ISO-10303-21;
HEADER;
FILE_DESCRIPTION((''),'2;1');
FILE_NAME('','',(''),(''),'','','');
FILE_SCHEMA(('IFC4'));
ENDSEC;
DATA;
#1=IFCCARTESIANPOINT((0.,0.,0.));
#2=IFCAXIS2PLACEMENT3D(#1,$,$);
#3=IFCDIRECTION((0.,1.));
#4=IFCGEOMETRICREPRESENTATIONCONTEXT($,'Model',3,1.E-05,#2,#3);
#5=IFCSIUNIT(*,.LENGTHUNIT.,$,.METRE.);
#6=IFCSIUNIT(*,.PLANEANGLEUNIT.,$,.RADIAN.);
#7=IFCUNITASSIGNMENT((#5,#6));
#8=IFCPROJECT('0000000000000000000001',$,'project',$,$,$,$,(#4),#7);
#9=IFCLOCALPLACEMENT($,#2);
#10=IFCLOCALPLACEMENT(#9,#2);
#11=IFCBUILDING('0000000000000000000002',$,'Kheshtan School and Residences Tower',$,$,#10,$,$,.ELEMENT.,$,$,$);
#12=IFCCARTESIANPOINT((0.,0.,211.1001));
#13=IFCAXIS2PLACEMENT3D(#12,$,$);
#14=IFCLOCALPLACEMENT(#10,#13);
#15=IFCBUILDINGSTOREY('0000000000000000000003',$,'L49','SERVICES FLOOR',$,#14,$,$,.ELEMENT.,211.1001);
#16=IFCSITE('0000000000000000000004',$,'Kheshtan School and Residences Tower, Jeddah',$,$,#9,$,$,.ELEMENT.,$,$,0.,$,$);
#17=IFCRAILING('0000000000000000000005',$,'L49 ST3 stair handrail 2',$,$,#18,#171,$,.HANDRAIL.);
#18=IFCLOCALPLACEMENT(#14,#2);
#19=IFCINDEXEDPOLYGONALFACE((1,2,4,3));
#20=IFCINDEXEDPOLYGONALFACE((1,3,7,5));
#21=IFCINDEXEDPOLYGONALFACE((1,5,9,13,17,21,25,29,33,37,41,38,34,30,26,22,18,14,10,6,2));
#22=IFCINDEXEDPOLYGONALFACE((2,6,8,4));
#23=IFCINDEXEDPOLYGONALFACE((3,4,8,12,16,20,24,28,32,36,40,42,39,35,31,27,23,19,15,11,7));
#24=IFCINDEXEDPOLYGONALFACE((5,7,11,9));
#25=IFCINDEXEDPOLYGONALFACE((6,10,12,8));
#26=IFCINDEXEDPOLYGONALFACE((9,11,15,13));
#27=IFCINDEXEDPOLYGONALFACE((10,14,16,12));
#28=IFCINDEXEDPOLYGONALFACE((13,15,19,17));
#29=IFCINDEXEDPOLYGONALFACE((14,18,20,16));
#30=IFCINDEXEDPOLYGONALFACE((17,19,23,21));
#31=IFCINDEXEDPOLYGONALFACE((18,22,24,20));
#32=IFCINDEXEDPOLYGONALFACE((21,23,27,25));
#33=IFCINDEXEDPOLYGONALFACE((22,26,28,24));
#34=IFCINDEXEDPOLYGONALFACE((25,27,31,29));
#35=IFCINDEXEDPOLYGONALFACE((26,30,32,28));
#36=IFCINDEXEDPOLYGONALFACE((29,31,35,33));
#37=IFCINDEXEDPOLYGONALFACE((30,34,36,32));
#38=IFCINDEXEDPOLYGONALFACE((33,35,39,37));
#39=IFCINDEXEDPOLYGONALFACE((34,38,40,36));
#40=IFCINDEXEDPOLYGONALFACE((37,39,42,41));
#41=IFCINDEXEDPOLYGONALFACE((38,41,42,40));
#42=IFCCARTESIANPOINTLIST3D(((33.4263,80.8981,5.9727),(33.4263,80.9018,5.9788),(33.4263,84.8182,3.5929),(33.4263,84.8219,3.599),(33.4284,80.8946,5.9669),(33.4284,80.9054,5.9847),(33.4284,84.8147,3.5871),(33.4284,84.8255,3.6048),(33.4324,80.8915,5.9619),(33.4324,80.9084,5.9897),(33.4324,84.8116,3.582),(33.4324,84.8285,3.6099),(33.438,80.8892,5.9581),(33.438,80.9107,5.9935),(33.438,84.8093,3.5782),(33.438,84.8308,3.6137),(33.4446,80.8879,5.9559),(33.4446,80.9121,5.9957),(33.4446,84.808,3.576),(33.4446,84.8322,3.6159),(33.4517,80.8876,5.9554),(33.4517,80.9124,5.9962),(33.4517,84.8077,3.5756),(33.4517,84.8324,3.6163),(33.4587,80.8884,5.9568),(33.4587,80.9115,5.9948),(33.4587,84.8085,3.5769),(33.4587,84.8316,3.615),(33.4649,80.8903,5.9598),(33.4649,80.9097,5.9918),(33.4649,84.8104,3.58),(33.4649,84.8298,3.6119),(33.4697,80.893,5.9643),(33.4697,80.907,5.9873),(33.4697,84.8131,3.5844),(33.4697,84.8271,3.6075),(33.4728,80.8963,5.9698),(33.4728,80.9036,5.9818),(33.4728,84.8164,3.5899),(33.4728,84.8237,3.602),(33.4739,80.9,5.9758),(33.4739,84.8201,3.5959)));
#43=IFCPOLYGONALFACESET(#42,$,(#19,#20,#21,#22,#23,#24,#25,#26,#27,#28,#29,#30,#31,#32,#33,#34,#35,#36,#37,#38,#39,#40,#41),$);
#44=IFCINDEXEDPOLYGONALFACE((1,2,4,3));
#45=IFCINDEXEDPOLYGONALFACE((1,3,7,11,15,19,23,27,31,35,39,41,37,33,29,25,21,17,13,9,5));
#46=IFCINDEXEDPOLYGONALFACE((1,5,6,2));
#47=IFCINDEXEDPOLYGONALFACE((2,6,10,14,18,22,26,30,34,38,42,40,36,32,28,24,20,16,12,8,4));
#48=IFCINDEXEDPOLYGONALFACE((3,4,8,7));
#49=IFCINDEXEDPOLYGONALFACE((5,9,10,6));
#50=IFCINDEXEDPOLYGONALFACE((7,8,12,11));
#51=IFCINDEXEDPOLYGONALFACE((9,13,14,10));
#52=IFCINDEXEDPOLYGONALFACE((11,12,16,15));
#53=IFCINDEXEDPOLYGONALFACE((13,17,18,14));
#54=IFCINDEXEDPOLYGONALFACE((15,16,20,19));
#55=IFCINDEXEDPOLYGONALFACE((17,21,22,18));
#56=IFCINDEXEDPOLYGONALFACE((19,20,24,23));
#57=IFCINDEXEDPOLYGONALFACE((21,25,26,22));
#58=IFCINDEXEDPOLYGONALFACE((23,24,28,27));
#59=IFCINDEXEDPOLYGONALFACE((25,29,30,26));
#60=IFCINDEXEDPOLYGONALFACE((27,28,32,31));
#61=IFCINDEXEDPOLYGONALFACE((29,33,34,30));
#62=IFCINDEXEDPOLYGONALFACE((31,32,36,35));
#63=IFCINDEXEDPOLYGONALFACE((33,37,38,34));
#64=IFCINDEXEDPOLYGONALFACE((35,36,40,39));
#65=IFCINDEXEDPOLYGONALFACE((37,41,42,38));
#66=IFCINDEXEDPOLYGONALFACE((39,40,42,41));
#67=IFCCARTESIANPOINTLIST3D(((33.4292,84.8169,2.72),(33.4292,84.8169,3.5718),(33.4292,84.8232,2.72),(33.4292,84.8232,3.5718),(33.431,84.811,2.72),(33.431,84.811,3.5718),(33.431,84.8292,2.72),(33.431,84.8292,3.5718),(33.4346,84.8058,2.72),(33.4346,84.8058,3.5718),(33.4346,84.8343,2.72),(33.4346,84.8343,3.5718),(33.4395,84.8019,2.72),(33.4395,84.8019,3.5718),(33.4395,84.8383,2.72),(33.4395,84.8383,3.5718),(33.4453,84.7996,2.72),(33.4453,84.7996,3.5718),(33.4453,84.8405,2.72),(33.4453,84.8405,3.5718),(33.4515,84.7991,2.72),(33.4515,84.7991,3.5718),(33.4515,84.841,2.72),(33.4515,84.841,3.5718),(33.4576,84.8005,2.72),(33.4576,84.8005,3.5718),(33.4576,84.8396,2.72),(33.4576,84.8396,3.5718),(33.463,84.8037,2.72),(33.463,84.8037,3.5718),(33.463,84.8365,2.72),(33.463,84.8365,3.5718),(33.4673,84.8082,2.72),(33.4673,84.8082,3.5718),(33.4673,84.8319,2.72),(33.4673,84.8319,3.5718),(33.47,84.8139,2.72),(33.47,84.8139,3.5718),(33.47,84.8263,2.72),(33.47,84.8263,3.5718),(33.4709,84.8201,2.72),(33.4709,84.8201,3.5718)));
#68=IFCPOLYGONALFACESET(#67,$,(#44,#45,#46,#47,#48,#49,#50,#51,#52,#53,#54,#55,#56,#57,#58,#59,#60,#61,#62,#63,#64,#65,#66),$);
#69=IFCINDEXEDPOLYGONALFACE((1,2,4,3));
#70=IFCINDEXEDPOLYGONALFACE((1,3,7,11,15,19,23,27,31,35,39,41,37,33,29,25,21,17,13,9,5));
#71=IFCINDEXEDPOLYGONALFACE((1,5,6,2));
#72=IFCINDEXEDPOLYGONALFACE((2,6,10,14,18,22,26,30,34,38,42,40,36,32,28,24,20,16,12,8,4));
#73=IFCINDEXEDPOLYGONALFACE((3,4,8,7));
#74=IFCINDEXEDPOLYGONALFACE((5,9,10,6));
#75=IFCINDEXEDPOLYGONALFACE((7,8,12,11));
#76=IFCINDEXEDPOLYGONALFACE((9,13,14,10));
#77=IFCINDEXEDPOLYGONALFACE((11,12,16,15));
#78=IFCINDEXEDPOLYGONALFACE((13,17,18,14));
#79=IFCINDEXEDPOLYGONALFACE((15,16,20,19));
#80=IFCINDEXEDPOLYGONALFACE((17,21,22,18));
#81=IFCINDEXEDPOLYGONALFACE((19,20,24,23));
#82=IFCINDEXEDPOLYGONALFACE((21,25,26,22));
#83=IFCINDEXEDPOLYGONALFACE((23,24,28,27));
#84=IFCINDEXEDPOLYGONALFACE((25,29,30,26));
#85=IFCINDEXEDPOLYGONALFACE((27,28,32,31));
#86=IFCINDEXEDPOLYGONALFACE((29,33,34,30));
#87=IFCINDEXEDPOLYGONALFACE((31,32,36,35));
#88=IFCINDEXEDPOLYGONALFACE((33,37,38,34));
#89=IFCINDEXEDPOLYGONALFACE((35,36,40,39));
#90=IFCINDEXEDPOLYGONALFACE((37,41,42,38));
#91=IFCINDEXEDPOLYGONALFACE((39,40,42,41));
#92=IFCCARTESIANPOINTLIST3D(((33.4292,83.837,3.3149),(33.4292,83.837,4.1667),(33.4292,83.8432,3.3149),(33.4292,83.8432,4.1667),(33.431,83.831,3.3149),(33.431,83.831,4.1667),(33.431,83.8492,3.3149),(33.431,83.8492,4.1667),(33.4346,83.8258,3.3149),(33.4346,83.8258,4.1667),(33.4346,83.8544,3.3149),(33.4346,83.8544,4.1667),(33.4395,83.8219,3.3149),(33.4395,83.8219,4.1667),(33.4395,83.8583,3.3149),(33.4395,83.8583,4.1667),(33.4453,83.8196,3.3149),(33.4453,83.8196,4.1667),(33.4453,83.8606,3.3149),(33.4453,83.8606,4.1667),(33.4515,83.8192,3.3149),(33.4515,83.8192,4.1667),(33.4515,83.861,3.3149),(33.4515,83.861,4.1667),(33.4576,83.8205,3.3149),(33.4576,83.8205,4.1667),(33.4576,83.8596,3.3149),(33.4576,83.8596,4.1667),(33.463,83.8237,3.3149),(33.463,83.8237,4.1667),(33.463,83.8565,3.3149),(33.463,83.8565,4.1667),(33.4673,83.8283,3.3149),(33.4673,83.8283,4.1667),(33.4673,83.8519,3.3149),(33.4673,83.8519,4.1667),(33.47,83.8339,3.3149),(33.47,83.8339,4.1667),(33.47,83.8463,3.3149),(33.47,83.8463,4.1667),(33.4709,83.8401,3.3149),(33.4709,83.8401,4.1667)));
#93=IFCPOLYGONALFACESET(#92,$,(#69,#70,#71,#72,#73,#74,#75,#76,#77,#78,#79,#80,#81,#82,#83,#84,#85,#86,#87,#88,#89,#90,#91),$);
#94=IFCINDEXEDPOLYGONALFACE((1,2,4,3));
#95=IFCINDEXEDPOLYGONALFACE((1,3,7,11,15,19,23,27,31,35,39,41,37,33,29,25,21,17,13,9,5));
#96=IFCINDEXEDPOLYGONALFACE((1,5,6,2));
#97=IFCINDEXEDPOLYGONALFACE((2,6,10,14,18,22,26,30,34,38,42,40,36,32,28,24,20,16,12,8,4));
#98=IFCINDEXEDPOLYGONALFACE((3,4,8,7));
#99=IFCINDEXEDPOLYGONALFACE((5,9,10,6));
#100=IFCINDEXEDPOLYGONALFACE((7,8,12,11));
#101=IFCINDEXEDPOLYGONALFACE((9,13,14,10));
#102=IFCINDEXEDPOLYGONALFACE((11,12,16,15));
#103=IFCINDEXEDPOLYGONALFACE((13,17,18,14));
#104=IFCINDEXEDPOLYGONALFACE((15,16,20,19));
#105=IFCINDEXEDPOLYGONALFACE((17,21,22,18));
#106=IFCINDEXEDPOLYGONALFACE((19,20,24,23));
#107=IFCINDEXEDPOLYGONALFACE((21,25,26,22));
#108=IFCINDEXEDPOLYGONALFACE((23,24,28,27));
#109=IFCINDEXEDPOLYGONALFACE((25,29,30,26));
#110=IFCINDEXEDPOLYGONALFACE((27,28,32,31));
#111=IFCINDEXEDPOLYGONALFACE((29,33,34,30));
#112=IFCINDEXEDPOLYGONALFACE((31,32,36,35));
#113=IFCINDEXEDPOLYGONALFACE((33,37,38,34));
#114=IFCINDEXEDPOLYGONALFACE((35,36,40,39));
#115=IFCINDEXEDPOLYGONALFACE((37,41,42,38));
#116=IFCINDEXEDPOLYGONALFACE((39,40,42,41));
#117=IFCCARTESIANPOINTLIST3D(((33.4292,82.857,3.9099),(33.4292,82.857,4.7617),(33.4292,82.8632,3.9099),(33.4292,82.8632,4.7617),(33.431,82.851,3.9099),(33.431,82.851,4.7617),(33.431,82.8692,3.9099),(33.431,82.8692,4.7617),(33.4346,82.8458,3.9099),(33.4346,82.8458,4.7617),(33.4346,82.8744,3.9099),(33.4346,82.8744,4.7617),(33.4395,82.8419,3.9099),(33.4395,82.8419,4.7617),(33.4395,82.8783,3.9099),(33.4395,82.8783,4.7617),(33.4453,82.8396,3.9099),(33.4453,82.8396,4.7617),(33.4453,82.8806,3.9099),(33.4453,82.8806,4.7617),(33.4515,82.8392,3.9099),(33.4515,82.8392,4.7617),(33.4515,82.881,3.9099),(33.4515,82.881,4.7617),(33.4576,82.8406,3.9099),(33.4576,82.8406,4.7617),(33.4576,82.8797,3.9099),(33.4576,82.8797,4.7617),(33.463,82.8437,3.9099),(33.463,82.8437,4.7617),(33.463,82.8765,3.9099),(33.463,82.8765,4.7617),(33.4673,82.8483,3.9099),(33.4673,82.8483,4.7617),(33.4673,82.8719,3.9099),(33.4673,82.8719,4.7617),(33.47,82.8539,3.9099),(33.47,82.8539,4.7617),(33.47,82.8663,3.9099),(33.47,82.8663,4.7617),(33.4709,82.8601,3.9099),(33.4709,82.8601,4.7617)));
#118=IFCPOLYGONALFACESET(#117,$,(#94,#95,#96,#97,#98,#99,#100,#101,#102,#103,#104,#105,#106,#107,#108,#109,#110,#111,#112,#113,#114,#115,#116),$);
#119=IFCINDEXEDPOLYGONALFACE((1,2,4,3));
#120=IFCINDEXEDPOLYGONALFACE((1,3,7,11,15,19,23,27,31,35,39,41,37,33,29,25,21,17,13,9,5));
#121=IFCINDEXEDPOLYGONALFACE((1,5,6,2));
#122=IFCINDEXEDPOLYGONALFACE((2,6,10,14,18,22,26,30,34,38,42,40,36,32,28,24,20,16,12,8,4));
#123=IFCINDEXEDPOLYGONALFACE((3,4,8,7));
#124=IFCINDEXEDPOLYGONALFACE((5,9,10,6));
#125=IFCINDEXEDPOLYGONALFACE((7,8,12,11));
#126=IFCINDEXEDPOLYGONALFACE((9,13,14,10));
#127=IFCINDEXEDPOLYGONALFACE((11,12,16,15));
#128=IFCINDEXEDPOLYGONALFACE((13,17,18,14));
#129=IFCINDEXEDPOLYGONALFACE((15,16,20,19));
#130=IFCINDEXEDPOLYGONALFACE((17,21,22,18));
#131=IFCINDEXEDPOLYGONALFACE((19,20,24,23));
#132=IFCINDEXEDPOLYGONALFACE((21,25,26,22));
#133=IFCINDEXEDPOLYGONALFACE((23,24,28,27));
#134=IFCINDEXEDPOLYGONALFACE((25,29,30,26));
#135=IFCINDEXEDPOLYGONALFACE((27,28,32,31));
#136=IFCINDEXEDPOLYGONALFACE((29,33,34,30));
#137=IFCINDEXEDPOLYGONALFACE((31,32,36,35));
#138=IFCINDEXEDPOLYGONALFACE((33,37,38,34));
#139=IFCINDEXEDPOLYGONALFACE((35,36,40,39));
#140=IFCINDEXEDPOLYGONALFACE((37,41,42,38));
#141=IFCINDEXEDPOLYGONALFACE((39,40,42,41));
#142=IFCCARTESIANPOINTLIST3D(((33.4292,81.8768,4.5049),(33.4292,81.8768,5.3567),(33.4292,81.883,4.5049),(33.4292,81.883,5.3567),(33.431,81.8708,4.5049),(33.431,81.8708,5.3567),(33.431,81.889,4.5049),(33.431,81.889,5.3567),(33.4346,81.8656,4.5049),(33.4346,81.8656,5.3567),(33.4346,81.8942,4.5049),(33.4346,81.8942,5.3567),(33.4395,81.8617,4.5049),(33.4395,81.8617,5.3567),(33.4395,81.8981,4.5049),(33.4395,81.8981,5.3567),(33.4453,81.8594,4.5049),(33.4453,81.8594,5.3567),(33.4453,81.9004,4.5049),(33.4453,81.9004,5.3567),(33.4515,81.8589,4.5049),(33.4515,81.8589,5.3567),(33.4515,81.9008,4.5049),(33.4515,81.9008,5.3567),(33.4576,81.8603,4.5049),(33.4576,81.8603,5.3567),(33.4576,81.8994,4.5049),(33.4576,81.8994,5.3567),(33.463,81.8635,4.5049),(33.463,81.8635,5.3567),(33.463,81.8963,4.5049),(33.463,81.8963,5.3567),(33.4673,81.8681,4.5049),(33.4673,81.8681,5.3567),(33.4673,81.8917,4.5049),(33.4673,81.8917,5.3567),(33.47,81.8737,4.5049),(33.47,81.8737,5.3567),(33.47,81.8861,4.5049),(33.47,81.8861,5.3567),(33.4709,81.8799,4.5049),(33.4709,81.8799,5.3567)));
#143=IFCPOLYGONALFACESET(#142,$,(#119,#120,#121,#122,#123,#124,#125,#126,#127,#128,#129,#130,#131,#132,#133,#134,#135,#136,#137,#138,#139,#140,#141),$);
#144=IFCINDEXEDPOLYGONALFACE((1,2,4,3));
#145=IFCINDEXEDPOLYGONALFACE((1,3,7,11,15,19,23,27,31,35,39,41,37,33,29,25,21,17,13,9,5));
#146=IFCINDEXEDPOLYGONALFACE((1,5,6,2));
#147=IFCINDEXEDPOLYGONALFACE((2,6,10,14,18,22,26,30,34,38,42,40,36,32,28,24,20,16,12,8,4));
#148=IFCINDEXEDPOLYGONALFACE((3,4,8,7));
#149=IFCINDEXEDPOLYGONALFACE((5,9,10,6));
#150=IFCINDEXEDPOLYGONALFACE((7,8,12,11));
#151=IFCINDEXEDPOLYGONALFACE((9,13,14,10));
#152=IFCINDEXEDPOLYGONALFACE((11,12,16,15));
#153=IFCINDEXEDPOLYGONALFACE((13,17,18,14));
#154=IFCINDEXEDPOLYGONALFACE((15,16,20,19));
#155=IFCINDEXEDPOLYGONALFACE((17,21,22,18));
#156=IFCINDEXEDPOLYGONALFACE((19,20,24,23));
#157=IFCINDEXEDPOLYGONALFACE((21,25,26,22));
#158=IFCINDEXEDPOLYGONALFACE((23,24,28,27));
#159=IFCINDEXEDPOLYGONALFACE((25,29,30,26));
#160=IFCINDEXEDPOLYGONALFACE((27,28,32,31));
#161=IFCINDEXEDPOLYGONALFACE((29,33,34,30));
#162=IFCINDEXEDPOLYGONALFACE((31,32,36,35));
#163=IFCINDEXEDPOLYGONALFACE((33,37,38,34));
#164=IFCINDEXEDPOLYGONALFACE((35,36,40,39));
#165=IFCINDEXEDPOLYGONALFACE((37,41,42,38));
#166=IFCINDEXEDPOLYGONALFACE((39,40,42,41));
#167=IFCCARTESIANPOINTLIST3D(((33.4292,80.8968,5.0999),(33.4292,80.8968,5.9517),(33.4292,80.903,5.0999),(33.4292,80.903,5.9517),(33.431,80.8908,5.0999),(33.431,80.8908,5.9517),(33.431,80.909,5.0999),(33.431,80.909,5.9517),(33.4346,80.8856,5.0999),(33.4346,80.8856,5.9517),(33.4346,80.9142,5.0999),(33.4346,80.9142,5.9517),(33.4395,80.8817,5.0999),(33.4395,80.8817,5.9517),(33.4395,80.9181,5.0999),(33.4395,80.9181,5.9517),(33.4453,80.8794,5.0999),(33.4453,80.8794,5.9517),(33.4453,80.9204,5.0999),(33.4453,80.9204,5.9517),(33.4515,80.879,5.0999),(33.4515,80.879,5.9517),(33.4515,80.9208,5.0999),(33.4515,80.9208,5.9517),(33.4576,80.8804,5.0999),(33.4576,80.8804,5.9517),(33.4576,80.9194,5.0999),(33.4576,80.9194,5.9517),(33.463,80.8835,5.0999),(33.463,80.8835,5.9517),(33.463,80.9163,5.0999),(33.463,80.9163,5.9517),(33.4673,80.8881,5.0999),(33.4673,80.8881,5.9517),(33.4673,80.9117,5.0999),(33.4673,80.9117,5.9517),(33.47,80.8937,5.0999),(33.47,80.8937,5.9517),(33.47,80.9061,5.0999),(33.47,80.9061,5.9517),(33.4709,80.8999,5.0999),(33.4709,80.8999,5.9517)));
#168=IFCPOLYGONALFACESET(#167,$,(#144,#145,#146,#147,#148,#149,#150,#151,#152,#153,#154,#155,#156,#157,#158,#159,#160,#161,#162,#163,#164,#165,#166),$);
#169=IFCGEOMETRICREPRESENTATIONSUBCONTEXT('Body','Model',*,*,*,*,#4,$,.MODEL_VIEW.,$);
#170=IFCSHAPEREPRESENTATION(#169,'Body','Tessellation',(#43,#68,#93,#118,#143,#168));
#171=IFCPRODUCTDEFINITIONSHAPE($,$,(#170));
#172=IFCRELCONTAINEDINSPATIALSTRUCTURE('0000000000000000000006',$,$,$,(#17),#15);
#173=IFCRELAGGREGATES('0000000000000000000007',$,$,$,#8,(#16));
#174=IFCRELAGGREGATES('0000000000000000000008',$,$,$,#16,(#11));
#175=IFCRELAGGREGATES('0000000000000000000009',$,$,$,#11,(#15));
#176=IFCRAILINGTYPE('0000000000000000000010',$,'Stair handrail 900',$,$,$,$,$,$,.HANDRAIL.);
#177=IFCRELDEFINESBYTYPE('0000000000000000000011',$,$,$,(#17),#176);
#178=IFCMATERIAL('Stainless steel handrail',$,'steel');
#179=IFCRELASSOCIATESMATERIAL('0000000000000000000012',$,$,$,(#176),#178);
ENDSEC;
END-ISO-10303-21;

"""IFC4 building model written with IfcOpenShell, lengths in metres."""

from ifc_helpers import new_model, si_unit, direction, frame, origin, origin_2d, place, context, subcontext, project, spatial, circle, extrude, material, type_object, element, save


model = new_model("IFC4")

# Units and contexts
model_context = context("Model", 3, precision=1e-05, world=origin(), true_north=direction((0.0, 1.0)))
body_context = subcontext(model_context, "Body", "Model", "MODEL_VIEW")
ifc_project = project(units=[si_unit("LENGTHUNIT", "METRE"), si_unit("PLANEANGLEUNIT", "RADIAN")], contexts=[model_context])

# Site, building, storey
site_placement = place(None, origin())
site = spatial("IfcSite", under=ifc_project, at=site_placement, Name="Kheshtan School and Residences Tower, Jeddah", CompositionType="ELEMENT", RefElevation=0.0)
building_placement = place(site_placement, origin())
building = spatial("IfcBuilding", under=site, at=building_placement, Name="Kheshtan School and Residences Tower", CompositionType="ELEMENT")
storey_placement = place(building_placement, frame((0.0, 0.0, 211.1001)))
storey = spatial("IfcBuildingStorey", under=building, at=storey_placement, Name="L49", Description="SERVICES FLOOR", CompositionType="ELEMENT", Elevation=211.1001)

# Railing
ifc_material_1 = material(Name="Stainless steel handrail", Category="steel")
railing_type = type_object("IfcRailingType", Name="Stair handrail 900", PredefinedType="HANDRAIL", material=ifc_material_1)
railing_placement = place(storey_placement, frame((33.45, 84.8201, 2.72)))
element("IfcRailing", 1, at=railing_placement, inside=storey, type_object=railing_type, Name="L49 ST3 stair handrail 2", PredefinedType="HANDRAIL", context=body_context, shape_type="SweptSolid", body=[
    extrude(circle(Radius=0.0239, at=origin_2d()), frame((0.0, 0.0, 0.876), z_axis=(0.0, -0.854809, 0.518943), x_axis=(1.0, 0.0, 0.0)), (0.0, 0.0, 1.0), 4.5859),
    extrude(circle(Radius=0.021, at=origin_2d()), origin(), (0.0, 0.0, 1.0), 0.8518),
    extrude(circle(Radius=0.021, at=origin_2d()), frame((0.0, -0.98, 0.595)), (0.0, 0.0, 1.0), 0.8518),
    extrude(circle(Radius=0.021, at=origin_2d()), frame((0.0, -1.96, 1.1899)), (0.0, 0.0, 1.0), 0.8518),
    extrude(circle(Radius=0.021, at=origin_2d()), frame((0.0, -2.9402, 1.7849)), (0.0, 0.0, 1.0), 0.8518),
    extrude(circle(Radius=0.021, at=origin_2d()), frame((0.0, -3.9202, 2.3799)), (0.0, 0.0, 1.0), 0.8518),
])

save(model, "model.ifc")
